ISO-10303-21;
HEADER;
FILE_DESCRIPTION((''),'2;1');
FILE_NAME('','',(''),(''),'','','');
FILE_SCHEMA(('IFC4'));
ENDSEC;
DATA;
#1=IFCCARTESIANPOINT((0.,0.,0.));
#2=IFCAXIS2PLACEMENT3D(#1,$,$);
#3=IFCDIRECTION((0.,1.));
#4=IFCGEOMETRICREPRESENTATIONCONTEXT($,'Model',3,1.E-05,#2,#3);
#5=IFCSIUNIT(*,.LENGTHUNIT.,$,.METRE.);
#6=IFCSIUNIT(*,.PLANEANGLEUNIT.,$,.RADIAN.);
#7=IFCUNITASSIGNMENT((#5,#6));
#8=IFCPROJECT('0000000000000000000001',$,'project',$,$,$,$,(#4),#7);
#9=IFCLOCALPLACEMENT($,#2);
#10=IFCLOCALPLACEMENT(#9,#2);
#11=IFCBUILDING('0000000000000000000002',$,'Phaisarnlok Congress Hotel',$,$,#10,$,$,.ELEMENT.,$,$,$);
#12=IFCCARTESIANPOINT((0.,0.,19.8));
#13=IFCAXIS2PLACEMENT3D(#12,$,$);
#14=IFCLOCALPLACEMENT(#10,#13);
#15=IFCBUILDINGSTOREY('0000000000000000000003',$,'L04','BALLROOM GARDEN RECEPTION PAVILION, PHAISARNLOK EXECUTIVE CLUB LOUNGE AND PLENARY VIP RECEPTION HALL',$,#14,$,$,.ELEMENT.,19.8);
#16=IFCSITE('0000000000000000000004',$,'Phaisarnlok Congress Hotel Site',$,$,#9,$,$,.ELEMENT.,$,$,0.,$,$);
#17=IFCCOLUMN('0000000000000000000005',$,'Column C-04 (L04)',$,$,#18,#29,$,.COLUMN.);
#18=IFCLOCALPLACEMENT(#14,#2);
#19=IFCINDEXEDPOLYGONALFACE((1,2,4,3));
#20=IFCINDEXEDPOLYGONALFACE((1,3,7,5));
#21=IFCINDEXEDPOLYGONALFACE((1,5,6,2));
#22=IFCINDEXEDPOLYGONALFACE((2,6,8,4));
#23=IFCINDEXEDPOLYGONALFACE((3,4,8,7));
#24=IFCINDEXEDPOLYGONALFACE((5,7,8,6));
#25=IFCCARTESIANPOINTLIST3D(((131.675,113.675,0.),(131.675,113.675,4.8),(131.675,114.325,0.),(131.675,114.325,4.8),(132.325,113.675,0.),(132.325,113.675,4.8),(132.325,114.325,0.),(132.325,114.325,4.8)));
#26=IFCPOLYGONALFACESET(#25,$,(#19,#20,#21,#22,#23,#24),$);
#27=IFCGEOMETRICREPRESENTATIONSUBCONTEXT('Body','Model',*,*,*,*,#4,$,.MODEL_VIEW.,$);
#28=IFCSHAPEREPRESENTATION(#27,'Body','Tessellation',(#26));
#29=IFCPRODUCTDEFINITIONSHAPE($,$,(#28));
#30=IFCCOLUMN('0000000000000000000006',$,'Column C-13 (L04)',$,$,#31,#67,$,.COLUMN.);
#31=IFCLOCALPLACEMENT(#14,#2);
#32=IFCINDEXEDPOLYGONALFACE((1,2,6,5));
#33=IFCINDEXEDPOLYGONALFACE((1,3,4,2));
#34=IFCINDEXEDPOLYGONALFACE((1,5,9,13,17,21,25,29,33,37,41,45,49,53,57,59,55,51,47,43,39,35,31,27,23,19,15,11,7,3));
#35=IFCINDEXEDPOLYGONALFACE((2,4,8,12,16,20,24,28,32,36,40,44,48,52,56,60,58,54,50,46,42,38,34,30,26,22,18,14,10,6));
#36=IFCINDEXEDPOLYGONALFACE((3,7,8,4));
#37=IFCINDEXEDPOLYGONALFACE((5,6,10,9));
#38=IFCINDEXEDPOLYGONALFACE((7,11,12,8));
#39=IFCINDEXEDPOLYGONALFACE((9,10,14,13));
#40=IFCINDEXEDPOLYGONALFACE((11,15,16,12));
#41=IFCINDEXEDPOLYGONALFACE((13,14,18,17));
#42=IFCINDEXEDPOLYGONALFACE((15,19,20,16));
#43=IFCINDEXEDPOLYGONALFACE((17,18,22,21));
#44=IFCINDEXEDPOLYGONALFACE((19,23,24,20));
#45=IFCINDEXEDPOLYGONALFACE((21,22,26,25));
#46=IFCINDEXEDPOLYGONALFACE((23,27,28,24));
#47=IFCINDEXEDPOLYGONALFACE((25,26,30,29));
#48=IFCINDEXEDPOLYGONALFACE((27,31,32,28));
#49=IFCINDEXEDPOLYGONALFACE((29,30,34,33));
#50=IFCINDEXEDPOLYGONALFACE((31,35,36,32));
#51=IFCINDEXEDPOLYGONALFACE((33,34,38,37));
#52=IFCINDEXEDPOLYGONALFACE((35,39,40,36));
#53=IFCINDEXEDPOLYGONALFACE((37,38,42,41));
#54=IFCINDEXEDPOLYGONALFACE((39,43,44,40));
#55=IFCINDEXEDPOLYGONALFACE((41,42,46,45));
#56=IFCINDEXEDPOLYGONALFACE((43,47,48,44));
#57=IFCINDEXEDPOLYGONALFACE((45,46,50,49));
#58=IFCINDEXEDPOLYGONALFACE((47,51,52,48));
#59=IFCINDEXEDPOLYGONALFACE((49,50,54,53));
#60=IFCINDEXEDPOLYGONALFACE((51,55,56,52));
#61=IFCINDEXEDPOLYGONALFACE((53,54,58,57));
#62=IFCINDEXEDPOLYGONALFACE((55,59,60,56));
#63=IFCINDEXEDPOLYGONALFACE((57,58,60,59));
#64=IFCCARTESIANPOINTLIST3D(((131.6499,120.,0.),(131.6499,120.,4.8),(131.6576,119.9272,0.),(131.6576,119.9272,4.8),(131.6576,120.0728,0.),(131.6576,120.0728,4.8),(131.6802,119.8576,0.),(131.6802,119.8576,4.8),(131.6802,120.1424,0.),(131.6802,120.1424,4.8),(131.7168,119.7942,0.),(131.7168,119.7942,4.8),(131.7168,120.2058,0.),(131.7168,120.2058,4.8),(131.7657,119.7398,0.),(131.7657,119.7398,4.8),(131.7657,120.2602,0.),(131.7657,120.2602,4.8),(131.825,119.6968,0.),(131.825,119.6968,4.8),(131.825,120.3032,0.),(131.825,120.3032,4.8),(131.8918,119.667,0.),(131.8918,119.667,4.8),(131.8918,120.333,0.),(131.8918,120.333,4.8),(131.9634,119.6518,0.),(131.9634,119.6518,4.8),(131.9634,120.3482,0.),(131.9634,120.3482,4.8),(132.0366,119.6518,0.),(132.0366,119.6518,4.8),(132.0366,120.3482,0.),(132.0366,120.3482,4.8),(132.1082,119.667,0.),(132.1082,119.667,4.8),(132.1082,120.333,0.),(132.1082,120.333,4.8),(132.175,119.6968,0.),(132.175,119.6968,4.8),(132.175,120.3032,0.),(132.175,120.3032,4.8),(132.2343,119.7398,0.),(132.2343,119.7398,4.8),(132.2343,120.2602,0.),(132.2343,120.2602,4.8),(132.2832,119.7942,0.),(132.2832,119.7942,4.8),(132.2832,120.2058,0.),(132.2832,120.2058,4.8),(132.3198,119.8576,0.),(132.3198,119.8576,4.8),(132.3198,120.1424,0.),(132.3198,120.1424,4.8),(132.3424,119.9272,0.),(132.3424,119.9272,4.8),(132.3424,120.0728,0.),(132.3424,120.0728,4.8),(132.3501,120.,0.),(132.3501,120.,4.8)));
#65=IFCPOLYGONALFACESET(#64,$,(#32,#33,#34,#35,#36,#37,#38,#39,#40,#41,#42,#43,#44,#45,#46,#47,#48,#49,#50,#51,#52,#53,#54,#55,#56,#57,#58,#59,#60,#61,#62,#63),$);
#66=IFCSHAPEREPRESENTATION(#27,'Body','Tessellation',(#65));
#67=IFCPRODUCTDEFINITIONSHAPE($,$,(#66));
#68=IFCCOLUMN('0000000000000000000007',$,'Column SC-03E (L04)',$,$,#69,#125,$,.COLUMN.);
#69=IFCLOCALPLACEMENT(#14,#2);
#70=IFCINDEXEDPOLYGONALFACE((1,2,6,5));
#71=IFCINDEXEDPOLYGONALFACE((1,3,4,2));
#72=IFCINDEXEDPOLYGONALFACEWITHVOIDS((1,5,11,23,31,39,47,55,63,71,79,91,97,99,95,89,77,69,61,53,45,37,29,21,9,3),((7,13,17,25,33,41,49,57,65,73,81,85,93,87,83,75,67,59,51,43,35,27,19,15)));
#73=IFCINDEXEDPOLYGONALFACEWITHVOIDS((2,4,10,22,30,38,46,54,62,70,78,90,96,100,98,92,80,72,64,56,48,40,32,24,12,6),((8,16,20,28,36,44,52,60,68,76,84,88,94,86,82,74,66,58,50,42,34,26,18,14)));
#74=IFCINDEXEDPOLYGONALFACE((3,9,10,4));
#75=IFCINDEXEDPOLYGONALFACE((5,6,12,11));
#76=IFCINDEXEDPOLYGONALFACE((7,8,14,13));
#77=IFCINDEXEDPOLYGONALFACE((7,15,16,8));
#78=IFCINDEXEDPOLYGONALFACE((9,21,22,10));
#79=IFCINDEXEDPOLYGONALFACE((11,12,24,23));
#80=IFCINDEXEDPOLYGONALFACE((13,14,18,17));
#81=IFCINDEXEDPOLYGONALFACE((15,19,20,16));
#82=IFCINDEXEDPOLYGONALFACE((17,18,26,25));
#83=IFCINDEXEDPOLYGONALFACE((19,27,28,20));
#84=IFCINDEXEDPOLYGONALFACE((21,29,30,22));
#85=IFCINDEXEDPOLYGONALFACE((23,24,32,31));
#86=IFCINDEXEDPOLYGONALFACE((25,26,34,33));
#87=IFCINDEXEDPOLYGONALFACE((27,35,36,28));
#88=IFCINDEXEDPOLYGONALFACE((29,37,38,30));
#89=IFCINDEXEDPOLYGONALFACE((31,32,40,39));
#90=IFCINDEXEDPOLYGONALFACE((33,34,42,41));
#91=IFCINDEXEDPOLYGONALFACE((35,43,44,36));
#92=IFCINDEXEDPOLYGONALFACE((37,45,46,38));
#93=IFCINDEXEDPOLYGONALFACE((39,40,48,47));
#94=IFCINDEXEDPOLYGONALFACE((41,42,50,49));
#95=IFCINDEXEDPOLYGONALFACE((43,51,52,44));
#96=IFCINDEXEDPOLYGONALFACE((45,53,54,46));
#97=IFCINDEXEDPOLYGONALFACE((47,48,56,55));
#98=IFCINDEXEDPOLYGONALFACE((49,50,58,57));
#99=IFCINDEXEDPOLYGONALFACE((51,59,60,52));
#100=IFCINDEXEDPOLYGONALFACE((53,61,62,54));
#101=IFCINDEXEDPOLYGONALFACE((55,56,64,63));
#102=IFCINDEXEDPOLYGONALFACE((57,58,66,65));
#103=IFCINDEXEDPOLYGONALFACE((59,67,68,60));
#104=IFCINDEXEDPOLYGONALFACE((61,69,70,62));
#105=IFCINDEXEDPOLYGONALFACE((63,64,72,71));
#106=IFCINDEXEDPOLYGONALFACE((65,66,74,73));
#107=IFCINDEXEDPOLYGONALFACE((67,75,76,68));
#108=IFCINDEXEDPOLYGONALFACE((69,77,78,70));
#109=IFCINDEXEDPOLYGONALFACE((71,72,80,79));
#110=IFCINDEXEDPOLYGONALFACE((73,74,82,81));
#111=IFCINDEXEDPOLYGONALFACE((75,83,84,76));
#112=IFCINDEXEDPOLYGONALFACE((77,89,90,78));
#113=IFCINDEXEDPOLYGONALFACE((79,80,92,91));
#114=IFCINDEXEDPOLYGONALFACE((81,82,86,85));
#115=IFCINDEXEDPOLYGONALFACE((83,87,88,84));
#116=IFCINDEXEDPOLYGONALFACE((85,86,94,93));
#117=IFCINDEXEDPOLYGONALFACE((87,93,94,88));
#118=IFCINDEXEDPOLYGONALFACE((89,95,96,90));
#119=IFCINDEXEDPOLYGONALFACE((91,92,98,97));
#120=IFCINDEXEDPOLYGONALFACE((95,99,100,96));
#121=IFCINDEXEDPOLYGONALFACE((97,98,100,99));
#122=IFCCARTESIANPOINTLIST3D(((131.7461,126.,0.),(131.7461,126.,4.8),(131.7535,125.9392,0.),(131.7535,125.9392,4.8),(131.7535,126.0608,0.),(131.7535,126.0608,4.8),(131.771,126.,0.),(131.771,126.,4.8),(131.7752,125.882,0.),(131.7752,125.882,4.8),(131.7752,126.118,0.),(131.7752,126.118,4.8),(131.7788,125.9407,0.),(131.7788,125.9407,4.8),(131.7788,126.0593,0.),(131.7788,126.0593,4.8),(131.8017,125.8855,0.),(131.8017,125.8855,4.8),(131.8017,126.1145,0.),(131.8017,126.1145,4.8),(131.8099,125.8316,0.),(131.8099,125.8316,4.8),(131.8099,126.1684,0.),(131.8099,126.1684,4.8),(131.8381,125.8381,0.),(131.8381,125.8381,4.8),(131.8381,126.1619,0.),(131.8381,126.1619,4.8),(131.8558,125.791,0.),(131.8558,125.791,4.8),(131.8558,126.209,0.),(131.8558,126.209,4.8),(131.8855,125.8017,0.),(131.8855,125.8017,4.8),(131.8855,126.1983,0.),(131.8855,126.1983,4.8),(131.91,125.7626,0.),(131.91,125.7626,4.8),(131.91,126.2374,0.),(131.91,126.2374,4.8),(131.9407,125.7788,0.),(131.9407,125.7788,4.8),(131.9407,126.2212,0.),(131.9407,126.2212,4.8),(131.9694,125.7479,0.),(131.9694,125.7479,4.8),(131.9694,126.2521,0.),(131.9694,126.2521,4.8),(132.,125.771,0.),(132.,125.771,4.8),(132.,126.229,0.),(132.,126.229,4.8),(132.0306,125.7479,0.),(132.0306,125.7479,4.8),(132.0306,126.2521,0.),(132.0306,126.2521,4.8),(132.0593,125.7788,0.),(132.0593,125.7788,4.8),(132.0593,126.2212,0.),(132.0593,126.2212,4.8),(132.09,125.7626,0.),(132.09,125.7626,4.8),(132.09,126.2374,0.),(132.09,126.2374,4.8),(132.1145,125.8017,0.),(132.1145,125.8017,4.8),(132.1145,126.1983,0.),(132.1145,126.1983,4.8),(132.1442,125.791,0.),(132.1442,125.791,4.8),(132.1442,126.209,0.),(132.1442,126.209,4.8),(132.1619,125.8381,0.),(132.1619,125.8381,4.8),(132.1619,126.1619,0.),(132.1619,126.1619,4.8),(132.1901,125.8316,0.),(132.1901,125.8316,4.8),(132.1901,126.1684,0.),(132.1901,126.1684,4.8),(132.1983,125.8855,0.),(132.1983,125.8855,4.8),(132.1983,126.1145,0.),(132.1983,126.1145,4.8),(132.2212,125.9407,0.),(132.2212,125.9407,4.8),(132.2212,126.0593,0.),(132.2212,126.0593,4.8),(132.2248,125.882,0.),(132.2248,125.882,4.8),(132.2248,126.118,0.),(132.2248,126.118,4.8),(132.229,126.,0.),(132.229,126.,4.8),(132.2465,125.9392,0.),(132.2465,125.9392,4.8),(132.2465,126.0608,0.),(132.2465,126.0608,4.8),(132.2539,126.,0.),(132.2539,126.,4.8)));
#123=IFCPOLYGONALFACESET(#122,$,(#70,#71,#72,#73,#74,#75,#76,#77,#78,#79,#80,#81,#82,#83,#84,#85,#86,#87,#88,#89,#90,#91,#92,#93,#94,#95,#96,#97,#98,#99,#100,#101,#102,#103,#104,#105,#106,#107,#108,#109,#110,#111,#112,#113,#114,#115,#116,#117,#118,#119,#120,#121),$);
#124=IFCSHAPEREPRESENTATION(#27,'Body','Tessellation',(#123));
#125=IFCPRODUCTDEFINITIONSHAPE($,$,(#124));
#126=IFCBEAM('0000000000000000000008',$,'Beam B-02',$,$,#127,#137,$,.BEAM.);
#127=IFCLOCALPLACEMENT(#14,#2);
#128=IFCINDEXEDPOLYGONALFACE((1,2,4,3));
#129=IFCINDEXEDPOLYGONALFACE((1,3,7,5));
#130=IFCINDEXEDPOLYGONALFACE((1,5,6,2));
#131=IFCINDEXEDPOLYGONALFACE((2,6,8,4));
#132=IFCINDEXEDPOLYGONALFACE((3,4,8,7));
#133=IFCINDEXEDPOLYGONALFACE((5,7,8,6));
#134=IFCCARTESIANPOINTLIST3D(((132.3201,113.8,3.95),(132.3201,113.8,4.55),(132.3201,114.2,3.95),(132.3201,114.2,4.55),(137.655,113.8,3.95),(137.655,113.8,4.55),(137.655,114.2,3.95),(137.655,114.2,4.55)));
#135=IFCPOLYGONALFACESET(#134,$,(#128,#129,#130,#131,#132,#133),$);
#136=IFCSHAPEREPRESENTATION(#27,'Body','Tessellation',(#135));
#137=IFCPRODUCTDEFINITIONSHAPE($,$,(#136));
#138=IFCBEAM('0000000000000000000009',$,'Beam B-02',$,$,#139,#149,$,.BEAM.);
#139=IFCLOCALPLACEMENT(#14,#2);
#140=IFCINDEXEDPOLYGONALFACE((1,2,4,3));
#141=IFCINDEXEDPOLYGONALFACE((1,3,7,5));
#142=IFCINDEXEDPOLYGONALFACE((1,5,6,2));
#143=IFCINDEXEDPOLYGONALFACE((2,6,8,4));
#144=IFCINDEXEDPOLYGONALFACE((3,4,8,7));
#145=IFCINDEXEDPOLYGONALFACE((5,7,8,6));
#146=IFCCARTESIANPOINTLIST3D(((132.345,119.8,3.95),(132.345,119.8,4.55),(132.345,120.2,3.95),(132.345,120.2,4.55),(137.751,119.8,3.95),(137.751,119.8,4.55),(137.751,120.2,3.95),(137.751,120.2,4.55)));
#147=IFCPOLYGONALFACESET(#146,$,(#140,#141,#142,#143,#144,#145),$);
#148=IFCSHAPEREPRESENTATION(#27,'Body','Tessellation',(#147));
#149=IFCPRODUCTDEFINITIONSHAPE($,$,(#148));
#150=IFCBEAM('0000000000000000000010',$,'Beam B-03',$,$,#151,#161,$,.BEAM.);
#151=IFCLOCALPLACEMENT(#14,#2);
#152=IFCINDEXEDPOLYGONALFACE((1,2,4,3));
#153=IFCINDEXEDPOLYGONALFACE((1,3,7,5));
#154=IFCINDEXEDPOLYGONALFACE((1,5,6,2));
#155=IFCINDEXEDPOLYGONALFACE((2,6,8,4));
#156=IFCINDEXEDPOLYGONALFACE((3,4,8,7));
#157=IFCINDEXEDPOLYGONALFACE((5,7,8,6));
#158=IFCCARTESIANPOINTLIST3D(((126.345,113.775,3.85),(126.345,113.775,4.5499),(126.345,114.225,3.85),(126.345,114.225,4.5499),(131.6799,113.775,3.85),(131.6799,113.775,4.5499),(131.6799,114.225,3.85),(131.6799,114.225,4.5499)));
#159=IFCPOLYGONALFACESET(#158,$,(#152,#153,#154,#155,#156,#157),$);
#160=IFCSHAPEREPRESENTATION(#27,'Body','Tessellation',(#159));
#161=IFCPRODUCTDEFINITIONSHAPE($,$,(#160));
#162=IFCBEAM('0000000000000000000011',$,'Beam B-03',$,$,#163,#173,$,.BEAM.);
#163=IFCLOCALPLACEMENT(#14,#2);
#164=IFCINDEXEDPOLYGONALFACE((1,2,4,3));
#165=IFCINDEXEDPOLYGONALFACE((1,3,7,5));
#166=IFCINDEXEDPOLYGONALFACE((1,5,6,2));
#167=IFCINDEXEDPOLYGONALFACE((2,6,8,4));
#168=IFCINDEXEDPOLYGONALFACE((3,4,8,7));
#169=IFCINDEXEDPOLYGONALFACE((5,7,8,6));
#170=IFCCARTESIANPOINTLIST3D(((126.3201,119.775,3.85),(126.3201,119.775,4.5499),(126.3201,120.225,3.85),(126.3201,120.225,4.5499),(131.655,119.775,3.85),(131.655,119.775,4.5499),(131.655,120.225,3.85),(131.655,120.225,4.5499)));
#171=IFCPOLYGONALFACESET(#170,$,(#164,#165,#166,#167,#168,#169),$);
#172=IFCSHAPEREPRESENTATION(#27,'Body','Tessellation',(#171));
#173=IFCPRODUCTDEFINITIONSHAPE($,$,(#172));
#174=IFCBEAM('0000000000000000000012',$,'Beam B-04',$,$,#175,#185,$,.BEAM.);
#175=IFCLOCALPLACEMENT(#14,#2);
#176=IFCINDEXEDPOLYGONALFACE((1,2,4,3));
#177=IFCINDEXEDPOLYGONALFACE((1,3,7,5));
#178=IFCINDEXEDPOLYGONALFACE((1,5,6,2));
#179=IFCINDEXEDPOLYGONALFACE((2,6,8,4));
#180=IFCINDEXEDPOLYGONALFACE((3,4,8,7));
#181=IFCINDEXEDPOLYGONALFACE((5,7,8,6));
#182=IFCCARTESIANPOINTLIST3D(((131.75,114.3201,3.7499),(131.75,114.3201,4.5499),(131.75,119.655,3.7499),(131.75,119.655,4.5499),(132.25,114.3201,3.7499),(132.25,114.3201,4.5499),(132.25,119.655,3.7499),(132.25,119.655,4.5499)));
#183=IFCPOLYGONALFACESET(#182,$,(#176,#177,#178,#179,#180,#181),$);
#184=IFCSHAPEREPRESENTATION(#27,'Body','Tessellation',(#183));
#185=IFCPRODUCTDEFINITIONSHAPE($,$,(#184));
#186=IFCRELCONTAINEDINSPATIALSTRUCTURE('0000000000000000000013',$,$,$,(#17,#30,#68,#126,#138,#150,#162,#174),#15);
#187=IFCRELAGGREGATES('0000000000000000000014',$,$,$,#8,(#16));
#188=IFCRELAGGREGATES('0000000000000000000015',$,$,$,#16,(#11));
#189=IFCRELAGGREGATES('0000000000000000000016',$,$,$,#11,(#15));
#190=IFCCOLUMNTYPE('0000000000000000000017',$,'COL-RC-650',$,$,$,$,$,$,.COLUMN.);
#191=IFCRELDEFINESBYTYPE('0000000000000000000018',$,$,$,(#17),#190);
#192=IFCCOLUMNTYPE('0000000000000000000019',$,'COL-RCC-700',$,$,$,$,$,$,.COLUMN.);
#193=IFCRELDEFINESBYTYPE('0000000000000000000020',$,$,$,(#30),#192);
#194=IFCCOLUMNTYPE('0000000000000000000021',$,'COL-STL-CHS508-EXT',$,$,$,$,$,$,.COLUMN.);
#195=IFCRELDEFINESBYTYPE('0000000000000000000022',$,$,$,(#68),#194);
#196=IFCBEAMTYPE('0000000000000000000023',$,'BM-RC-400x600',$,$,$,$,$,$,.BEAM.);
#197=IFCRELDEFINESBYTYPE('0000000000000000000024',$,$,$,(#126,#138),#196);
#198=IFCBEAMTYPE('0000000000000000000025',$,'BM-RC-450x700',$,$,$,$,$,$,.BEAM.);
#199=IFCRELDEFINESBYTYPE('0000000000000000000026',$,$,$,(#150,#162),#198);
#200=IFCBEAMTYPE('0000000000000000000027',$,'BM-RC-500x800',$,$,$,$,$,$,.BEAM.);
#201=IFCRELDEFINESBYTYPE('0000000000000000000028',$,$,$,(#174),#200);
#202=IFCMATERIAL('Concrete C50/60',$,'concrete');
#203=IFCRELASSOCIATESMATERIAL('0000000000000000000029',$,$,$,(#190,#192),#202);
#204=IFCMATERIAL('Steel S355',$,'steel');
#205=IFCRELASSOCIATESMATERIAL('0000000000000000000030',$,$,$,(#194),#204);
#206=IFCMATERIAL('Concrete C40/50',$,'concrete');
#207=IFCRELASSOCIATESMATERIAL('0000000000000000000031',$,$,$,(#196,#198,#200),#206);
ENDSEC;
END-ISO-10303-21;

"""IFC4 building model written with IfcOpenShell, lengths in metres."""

from ifc_helpers import new_model, si_unit, direction, frame, origin, origin_2d, place, context, subcontext, project, spatial, rectangle, circle, hollow_circle, extrude, material, material_profile, profile_set, type_object, element, save


model = new_model("IFC4")

# Units and contexts
model_context = context("Model", 3, precision=1e-05, world=origin(), true_north=direction((0.0, 1.0)))
body_context = subcontext(model_context, "Body", "Model", "MODEL_VIEW")
ifc_project = project(units=[si_unit("LENGTHUNIT", "METRE"), si_unit("PLANEANGLEUNIT", "RADIAN")], contexts=[model_context])

# Site, building, storey
site_placement = place(None, origin())
site = spatial("IfcSite", under=ifc_project, at=site_placement, Name="Phaisarnlok Congress Hotel Site", CompositionType="ELEMENT", RefElevation=0.0)
building_placement = place(site_placement, origin())
building = spatial("IfcBuilding", under=site, at=building_placement, Name="Phaisarnlok Congress Hotel", CompositionType="ELEMENT")
storey_placement = place(building_placement, frame((0.0, 0.0, 19.8)))
storey = spatial("IfcBuildingStorey", under=building, at=storey_placement, Name="L04", Description="BALLROOM GARDEN RECEPTION PAVILION, PHAISARNLOK EXECUTIVE CLUB LOUNGE AND PLENARY VIP RECEPTION HALL", CompositionType="ELEMENT", Elevation=19.8)

# Columns
ifc_material_1 = material(Name="Concrete C50/60", Category="concrete")
ifc_material_profile_1 = material_profile(ifc_material_1, rectangle(XDim=0.6499, YDim=0.6499, at=origin_2d()), Name="RC 650x650")
ifc_profile_set_1 = profile_set([ifc_material_profile_1], Name="Concrete C50/60")
column_type_1 = type_object("IfcColumnType", Name="COL-RC-650", PredefinedType="COLUMN", material=ifc_profile_set_1)
column_1_placement = place(storey_placement, frame((132.0, 114.0, 0.0), z_axis=(0.0, 0.0, 1.0), x_axis=(1.0, 0.0, 0.0)))
element("IfcColumn", 1, at=column_1_placement, inside=storey, type_object=column_type_1, Name="Column C-04 (L04)", PredefinedType="COLUMN", context=body_context, shape_type="SweptSolid", body=[
    extrude(rectangle(XDim=0.6499, YDim=0.6499, at=origin_2d()), origin(), (0.0, 0.0, 1.0), 4.8),
])
ifc_material_profile_2 = material_profile(ifc_material_1, circle(Radius=0.3501, at=origin_2d()), Name="RCC D700")
ifc_profile_set_2 = profile_set([ifc_material_profile_2], Name="Concrete C50/60")
column_type_2 = type_object("IfcColumnType", Name="COL-RCC-700", PredefinedType="COLUMN", material=ifc_profile_set_2)
column_2_placement = place(storey_placement, frame((132.0, 120.0, 0.0), z_axis=(0.0, 0.0, 1.0), x_axis=(1.0, 0.0, 0.0)))
element("IfcColumn", 2, at=column_2_placement, inside=storey, type_object=column_type_2, Name="Column C-13 (L04)", PredefinedType="COLUMN", context=body_context, shape_type="SweptSolid", body=[
    extrude(circle(Radius=0.3501, at=origin_2d()), origin(), (0.0, 0.0, 1.0), 4.8),
])
ifc_material_2 = material(Name="Steel S355", Category="steel")
ifc_material_profile_3 = material_profile(ifc_material_2, hollow_circle(Radius=0.2539, WallThickness=0.0249, at=origin_2d()), Name="CHS 508x25")
ifc_profile_set_3 = profile_set([ifc_material_profile_3], Name="Steel S355")
column_type_3 = type_object("IfcColumnType", Name="COL-STL-CHS508-EXT", PredefinedType="COLUMN", material=ifc_profile_set_3)
column_3_placement = place(storey_placement, frame((132.0, 126.0, 0.0), z_axis=(0.0, 0.0, 1.0), x_axis=(1.0, 0.0, 0.0)))
element("IfcColumn", 3, at=column_3_placement, inside=storey, type_object=column_type_3, Name="Column SC-03E (L04)", PredefinedType="COLUMN", context=body_context, shape_type="SweptSolid", body=[
    extrude(hollow_circle(Radius=0.2539, WallThickness=0.0249, at=origin_2d()), origin(), (0.0, 0.0, 1.0), 4.8),
])

# Beams
ifc_material_3 = material(Name="Concrete C40/50", Category="concrete")
ifc_material_profile_4 = material_profile(ifc_material_3, rectangle(XDim=0.3999, YDim=0.6001, at=origin_2d()), Name="RC 400x600")
ifc_profile_set_4 = profile_set([ifc_material_profile_4], Name="Concrete C40/50")
beam_type_1 = type_object("IfcBeamType", Name="BM-RC-400x600", PredefinedType="BEAM", material=ifc_profile_set_4)
beam_1_placement = place(storey_placement, frame((132.3201, 114.0, 4.25), z_axis=(1.0, 0.0, 0.0), x_axis=(0.0, 1.0, 0.0)))
element("IfcBeam", 4, at=beam_1_placement, inside=storey, type_object=beam_type_1, Name="Beam B-02", PredefinedType="BEAM", context=body_context, shape_type="SweptSolid", body=[
    extrude(rectangle(XDim=0.3999, YDim=0.6001, at=origin_2d()), origin(), (0.0, 0.0, 1.0), 5.335),
])
beam_2_placement = place(storey_placement, frame((132.345, 120.0, 4.25), z_axis=(1.0, 0.0, 0.0), x_axis=(0.0, 1.0, 0.0)))
element("IfcBeam", 5, at=beam_2_placement, inside=storey, type_object=beam_type_1, Name="Beam B-02", PredefinedType="BEAM", context=body_context, shape_type="SweptSolid", body=[
    extrude(rectangle(XDim=0.3999, YDim=0.6001, at=origin_2d()), origin(), (0.0, 0.0, 1.0), 5.406),
])
ifc_material_profile_5 = material_profile(ifc_material_3, rectangle(XDim=0.45, YDim=0.7, at=origin_2d()), Name="RC 450x700")
ifc_profile_set_5 = profile_set([ifc_material_profile_5], Name="Concrete C40/50")
beam_type_2 = type_object("IfcBeamType", Name="BM-RC-450x700", PredefinedType="BEAM", material=ifc_profile_set_5)
for number, where, z_axis, x_axis, name in (
    (6, (126.345, 114.0, 4.2), (1.0, 0.0, 0.0), (0.0, 1.0, 0.0), "Beam B-03"),
    (7, (126.3201, 120.0, 4.2), (1.0, 0.0, 0.0), (0.0, 1.0, 0.0), "Beam B-03"),
):
    element("IfcBeam", number, at=place(storey_placement, frame(where, z_axis=z_axis, x_axis=x_axis)), inside=storey, type_object=beam_type_2, Name=name, PredefinedType="BEAM", context=body_context, shape_type="SweptSolid", body=[
        extrude(rectangle(XDim=0.45, YDim=0.7, at=origin_2d()), origin(), (0.0, 0.0, 1.0), 5.335),
    ])
ifc_material_profile_6 = material_profile(ifc_material_3, rectangle(XDim=0.5, YDim=0.8, at=origin_2d()), Name="RC 500x800")
ifc_profile_set_6 = profile_set([ifc_material_profile_6], Name="Concrete C40/50")
beam_type_3 = type_object("IfcBeamType", Name="BM-RC-500x800", PredefinedType="BEAM", material=ifc_profile_set_6)
beam_3_placement = place(storey_placement, frame((132.0, 114.3201, 4.1499), z_axis=(0.0, 1.0, 0.0), x_axis=(-1.0, 0.0, 0.0)))
element("IfcBeam", 8, at=beam_3_placement, inside=storey, type_object=beam_type_3, Name="Beam B-04", PredefinedType="BEAM", context=body_context, shape_type="SweptSolid", body=[
    extrude(rectangle(XDim=0.5, YDim=0.8, at=origin_2d()), origin(), (0.0, 0.0, 1.0), 5.335),
])

save(model, "model.ifc")
